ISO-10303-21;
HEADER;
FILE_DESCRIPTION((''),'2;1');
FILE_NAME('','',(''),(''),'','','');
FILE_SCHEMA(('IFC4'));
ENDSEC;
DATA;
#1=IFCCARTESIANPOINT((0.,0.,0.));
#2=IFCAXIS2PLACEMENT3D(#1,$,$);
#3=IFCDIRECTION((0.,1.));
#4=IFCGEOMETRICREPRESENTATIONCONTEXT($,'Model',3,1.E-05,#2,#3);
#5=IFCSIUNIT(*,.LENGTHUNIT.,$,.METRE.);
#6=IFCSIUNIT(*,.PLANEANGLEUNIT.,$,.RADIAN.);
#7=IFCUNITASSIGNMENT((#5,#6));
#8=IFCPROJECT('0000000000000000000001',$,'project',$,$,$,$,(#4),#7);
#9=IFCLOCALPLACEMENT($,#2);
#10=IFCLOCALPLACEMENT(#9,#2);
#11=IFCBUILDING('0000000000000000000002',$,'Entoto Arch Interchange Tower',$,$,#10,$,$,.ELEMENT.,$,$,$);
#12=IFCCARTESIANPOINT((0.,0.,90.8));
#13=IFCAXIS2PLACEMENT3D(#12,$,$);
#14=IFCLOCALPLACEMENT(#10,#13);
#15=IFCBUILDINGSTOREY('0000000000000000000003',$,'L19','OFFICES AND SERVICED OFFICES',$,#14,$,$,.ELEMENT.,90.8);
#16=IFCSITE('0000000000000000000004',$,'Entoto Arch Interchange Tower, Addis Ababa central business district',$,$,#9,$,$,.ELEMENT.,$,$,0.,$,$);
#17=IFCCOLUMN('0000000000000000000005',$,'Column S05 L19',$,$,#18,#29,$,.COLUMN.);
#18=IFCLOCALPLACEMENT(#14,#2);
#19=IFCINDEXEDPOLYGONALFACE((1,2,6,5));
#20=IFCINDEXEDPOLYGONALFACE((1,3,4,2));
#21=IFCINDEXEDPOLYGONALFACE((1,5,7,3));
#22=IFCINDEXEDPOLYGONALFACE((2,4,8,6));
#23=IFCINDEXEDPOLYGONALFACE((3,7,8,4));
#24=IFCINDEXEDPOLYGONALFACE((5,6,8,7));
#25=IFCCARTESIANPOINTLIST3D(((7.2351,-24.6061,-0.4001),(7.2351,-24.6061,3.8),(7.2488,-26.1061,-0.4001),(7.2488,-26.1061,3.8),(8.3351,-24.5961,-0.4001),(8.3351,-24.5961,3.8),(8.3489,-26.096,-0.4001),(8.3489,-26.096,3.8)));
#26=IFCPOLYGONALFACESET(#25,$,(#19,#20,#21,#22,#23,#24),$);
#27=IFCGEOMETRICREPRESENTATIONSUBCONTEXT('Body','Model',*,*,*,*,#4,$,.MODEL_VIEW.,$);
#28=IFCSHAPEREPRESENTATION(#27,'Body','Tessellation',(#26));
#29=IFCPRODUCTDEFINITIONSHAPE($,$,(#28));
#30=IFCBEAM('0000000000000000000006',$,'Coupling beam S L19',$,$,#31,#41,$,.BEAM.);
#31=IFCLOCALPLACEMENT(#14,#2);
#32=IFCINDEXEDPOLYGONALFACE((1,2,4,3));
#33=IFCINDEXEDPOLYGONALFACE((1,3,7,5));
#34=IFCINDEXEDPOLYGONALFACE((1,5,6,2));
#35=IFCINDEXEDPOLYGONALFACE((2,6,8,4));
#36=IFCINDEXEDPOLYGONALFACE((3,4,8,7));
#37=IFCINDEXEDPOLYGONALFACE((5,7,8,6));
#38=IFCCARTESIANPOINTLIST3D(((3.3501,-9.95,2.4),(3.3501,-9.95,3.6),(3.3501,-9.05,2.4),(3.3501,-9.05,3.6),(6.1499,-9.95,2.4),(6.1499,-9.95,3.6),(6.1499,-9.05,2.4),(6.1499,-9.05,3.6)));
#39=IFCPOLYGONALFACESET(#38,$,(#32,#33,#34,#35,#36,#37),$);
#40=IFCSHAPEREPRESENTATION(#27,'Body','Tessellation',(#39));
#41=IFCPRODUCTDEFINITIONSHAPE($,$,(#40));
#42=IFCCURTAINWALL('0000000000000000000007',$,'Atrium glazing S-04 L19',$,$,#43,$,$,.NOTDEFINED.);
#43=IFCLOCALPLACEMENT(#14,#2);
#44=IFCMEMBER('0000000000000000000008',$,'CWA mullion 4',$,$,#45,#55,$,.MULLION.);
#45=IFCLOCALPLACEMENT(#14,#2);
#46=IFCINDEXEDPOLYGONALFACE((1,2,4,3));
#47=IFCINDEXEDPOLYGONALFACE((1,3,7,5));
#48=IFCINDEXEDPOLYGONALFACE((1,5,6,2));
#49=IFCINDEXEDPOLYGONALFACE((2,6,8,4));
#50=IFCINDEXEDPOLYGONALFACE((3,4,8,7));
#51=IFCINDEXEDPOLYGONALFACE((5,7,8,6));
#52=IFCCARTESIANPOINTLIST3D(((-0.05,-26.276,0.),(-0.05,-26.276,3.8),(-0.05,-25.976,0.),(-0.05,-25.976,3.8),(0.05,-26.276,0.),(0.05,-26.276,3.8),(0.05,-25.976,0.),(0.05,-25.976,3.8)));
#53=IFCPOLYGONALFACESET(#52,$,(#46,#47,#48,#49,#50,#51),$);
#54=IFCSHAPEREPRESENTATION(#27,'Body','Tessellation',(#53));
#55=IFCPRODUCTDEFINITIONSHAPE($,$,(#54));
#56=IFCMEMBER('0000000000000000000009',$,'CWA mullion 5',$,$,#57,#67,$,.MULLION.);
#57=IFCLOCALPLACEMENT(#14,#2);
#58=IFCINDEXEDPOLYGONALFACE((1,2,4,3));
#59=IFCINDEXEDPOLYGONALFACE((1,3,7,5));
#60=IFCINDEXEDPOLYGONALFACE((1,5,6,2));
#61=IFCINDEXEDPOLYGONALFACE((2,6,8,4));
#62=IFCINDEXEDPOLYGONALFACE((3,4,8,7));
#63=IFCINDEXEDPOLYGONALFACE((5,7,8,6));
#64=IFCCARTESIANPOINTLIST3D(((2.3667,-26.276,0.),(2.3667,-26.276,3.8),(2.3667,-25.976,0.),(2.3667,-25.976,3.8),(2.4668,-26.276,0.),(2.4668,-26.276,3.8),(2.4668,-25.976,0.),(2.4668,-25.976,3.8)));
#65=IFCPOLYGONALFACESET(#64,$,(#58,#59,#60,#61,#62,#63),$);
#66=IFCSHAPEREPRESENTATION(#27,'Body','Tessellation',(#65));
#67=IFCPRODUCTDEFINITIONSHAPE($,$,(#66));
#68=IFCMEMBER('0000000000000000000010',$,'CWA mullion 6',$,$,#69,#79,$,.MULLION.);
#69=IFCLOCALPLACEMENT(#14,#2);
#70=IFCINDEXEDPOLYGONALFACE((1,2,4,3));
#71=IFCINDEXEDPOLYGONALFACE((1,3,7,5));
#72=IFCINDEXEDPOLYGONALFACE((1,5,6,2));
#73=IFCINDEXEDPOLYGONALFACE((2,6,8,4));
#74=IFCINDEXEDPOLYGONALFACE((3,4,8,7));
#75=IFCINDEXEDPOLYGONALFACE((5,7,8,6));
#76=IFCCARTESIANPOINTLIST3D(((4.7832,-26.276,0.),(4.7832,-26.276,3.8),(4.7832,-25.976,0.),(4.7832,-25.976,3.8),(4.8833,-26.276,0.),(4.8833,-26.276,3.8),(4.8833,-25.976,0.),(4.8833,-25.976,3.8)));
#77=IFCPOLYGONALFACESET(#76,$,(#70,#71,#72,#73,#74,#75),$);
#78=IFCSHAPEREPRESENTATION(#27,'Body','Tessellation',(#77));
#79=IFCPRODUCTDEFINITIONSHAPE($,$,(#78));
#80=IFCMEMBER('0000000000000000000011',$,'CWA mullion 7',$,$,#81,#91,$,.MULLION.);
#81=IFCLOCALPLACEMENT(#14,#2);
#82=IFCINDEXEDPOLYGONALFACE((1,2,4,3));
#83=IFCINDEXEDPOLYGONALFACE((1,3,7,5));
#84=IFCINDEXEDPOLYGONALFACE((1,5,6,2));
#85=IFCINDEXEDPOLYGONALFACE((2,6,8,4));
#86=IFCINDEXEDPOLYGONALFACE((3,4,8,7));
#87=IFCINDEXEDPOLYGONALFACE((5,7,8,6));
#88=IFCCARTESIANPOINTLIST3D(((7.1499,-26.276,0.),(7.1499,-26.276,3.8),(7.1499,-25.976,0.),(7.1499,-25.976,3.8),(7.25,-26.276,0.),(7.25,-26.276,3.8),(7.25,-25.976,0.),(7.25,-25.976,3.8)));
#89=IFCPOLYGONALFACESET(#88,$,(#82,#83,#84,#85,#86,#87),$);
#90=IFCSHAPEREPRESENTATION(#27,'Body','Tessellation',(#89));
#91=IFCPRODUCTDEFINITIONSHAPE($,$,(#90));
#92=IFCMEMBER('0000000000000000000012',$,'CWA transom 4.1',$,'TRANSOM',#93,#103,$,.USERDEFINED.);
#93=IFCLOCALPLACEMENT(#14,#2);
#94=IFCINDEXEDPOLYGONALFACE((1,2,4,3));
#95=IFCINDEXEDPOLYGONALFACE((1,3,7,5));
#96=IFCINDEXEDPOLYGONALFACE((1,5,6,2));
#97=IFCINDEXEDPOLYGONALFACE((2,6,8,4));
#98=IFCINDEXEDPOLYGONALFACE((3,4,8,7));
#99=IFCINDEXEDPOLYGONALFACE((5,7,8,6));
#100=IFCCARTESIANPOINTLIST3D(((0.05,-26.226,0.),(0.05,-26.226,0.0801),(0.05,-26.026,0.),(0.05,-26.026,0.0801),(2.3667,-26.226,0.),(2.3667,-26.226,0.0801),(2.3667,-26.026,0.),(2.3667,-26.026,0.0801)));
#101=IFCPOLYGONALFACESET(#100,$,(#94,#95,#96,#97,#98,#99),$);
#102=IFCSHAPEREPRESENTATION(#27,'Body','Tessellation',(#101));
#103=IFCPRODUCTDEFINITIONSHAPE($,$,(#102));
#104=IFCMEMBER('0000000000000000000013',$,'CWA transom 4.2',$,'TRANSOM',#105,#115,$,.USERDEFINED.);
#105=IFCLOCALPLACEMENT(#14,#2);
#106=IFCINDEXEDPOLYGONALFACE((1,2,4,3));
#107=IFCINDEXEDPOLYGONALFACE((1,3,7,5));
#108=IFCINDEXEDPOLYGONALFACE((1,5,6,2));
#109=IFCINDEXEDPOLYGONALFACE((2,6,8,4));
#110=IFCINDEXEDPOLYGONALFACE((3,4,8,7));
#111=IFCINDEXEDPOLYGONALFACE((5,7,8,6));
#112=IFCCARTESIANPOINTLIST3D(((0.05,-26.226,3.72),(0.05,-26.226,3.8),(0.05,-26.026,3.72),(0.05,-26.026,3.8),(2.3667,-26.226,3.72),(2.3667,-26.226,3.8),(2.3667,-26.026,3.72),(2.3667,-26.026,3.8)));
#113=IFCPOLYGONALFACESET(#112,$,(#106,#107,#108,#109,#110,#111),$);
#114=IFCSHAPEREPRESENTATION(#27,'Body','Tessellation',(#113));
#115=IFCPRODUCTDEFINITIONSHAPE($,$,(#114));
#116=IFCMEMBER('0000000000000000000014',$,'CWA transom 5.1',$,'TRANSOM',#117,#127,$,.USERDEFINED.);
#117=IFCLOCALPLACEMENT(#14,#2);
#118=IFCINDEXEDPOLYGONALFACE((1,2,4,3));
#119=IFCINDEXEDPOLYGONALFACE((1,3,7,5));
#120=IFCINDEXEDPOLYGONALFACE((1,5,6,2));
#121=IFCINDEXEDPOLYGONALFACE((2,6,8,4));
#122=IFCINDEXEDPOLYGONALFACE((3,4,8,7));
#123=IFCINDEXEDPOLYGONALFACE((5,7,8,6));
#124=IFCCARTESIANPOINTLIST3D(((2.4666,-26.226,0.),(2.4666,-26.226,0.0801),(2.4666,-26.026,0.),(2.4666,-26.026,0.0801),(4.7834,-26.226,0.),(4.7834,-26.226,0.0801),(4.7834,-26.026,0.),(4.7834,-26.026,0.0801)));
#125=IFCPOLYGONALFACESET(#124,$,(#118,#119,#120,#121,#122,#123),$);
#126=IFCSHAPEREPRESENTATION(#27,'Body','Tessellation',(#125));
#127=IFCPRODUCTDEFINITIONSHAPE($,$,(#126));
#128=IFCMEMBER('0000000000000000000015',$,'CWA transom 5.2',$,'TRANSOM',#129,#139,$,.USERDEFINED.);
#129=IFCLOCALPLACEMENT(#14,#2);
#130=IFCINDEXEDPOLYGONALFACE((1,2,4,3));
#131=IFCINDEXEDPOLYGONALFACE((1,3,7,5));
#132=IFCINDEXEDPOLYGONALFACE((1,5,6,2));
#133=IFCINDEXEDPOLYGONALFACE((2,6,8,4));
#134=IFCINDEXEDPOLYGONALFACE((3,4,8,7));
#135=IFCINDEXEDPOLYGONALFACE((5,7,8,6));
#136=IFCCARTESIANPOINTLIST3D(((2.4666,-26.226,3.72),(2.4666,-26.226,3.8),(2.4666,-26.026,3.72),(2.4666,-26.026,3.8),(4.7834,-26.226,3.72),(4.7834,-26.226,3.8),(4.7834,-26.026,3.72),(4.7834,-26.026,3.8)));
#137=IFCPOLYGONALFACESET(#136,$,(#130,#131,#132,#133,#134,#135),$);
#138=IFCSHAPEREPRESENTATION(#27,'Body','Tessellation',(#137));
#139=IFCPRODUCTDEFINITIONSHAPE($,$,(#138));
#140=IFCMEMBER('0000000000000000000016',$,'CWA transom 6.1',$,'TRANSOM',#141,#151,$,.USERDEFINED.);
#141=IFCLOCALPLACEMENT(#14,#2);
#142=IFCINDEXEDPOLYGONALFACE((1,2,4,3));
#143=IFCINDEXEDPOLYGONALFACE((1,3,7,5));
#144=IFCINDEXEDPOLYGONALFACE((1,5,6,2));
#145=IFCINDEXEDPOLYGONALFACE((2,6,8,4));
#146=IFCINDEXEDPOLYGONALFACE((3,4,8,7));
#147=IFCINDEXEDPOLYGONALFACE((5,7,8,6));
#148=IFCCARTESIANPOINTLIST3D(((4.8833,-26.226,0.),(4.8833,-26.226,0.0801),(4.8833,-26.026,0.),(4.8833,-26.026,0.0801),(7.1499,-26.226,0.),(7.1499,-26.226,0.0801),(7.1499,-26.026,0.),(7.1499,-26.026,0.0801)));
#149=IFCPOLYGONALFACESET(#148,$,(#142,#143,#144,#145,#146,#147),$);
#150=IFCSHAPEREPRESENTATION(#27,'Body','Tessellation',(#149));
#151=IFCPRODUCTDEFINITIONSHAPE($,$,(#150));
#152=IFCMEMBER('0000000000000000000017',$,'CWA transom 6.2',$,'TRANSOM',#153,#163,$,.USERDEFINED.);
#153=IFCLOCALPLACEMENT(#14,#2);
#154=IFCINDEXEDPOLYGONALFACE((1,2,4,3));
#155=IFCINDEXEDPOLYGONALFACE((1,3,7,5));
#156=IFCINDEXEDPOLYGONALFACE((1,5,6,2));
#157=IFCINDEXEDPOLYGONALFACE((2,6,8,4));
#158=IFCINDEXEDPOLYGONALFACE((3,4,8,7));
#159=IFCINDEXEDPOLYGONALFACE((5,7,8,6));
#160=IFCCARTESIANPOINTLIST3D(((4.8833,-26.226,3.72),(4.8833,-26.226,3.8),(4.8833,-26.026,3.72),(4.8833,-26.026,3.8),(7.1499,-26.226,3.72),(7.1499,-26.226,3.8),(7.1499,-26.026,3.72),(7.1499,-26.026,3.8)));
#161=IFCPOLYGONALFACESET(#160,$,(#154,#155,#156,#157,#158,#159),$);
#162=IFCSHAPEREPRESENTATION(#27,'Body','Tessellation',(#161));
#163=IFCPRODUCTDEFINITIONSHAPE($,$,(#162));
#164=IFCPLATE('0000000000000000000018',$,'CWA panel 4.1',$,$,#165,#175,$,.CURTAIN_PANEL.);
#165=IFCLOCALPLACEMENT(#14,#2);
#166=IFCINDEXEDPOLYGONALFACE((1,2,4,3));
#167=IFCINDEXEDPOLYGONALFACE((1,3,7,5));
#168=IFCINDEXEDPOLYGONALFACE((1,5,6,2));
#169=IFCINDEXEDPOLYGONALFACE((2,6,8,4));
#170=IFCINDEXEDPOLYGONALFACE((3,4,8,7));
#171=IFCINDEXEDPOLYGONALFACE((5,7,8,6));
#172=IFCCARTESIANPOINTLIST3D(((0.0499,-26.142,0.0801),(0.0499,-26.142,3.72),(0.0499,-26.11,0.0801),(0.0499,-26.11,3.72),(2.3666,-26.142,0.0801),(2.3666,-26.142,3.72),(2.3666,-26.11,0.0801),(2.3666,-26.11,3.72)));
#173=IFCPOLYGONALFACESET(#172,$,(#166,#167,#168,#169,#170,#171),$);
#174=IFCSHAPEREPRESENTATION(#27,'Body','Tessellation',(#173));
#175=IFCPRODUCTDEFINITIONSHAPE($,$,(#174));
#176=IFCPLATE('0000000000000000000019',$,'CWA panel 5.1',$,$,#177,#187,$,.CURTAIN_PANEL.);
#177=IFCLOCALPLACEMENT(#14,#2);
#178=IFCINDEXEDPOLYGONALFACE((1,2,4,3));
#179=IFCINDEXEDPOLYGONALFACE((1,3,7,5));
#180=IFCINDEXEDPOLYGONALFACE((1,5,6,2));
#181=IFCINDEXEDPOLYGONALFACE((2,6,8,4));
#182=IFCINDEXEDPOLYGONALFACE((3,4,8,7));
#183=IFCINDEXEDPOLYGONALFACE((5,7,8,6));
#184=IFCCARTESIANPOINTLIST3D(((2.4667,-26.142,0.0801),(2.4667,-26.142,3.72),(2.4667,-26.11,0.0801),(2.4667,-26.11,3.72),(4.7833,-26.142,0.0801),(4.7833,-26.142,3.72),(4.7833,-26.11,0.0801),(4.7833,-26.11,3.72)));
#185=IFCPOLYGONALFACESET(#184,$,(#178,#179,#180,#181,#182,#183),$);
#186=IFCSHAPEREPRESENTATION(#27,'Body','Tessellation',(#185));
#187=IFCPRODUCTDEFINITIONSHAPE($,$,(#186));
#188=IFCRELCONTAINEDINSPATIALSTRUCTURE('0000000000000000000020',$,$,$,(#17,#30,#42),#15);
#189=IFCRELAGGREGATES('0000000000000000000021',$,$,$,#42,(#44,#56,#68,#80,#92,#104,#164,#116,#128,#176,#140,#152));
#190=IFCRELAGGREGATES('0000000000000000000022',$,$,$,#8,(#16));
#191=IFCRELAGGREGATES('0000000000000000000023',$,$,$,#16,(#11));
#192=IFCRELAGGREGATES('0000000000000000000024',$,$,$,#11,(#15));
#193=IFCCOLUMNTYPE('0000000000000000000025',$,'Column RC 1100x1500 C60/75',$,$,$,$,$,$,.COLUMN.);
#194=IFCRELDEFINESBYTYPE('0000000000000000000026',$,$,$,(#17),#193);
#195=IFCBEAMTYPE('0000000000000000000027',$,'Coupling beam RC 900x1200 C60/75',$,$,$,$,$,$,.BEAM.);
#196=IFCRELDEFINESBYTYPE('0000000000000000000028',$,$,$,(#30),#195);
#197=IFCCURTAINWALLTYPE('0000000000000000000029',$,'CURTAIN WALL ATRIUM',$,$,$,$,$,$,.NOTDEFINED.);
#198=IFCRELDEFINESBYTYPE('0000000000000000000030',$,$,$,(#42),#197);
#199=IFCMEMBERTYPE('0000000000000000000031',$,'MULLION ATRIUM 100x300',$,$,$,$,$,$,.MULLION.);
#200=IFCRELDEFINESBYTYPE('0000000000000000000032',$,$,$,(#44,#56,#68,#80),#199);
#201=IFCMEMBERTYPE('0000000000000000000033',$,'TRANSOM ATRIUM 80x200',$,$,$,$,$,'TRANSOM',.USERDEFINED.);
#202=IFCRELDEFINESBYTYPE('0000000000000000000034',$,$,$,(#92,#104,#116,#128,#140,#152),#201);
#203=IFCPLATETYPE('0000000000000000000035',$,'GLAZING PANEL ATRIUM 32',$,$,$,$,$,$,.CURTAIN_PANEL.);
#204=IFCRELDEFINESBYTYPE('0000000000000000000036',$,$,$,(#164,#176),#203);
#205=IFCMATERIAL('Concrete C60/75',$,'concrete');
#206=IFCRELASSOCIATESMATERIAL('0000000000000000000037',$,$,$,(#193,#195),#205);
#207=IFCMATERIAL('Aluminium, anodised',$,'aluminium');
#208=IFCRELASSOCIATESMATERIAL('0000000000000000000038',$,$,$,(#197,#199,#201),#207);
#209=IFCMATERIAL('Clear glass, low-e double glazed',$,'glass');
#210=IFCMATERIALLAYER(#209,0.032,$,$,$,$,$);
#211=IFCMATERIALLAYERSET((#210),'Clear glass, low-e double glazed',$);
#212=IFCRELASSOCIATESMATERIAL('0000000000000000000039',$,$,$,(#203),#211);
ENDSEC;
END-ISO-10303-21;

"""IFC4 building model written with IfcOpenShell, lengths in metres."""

from ifc_helpers import new_model, si_unit, direction, frame, origin, origin_2d, place, context, subcontext, project, spatial, rectangle, extrude, material, layer, layer_set, material_profile, profile_set, type_object, element, aggregate, save


model = new_model("IFC4")

# Units and contexts
model_context = context("Model", 3, precision=1e-05, world=origin(), true_north=direction((0.0, 1.0)))
body_context = subcontext(model_context, "Body", "Model", "MODEL_VIEW")
ifc_project = project(units=[si_unit("LENGTHUNIT", "METRE"), si_unit("PLANEANGLEUNIT", "RADIAN")], contexts=[model_context])

# Site, building, storey
site_placement = place(None, origin())
site = spatial("IfcSite", under=ifc_project, at=site_placement, Name="Entoto Arch Interchange Tower, Addis Ababa central business district", CompositionType="ELEMENT", RefElevation=0.0)
building_placement = place(site_placement, origin())
building = spatial("IfcBuilding", under=site, at=building_placement, Name="Entoto Arch Interchange Tower", CompositionType="ELEMENT")
storey_placement = place(building_placement, frame((0.0, 0.0, 90.8)))
storey = spatial("IfcBuildingStorey", under=building, at=storey_placement, Name="L19", Description="OFFICES AND SERVICED OFFICES", CompositionType="ELEMENT", Elevation=90.8)

# Column
ifc_material_1 = material(Name="Concrete C60/75", Category="concrete")
ifc_material_profile_1 = material_profile(ifc_material_1, rectangle(XDim=1.1001, YDim=1.5, at=origin_2d()))
ifc_profile_set_1 = profile_set([ifc_material_profile_1], Name="Concrete C60/75")
column_type = type_object("IfcColumnType", Name="Column RC 1100x1500 C60/75", PredefinedType="COLUMN", material=ifc_profile_set_1)
column_placement = place(storey_placement, frame((7.792, -25.3511, -0.4001), z_axis=(0.0, 0.0, 1.0), x_axis=(0.999958, 0.009163, 0.0)))
element("IfcColumn", 1, at=column_placement, inside=storey, type_object=column_type, Name="Column S05 L19", PredefinedType="COLUMN", context=body_context, shape_type="SweptSolid", body=[
    extrude(rectangle(XDim=1.1001, YDim=1.5, at=origin_2d()), origin(), (0.0, 0.0, 1.0), 4.2002),
])

# Beam
ifc_material_profile_2 = material_profile(ifc_material_1, rectangle(XDim=0.8999, YDim=1.2, at=origin_2d()))
ifc_profile_set_2 = profile_set([ifc_material_profile_2], Name="Concrete C60/75")
beam_type = type_object("IfcBeamType", Name="Coupling beam RC 900x1200 C60/75", PredefinedType="BEAM", material=ifc_profile_set_2)
beam_placement = place(storey_placement, frame((3.3501, -9.5, 3.0), z_axis=(1.0, 0.0, 0.0), x_axis=(0.0, 1.0, 0.0)))
element("IfcBeam", 2, at=beam_placement, inside=storey, type_object=beam_type, Name="Coupling beam S L19", PredefinedType="BEAM", context=body_context, shape_type="SweptSolid", body=[
    extrude(rectangle(XDim=0.8999, YDim=1.2, at=origin_2d()), origin(), (0.0, 0.0, 1.0), 2.7998),
])

# Curtain wall, members, plates
ifc_material_2 = material(Name="Aluminium, anodised", Category="aluminium")
curtain_wall_type = type_object("IfcCurtainWallType", Name="CURTAIN WALL ATRIUM", PredefinedType="NOTDEFINED", material=ifc_material_2)
curtain_wall_placement = place(storey_placement, origin())
curtain_wall = element("IfcCurtainWall", 3, at=curtain_wall_placement, inside=storey, type_object=curtain_wall_type, Name="Atrium glazing S-04 L19", PredefinedType="NOTDEFINED")
ifc_material_profile_3 = material_profile(ifc_material_2, rectangle(XDim=0.3, YDim=0.1001, at=origin_2d()))
ifc_profile_set_3 = profile_set([ifc_material_profile_3], Name="Aluminium, anodised")
member_type_1 = type_object("IfcMemberType", Name="MULLION ATRIUM 100x300", PredefinedType="MULLION", material=ifc_profile_set_3)
member_1_placement = place(storey_placement, frame((0.0, -26.126, 0.0), z_axis=(0.0, 0.0, 1.0), x_axis=(0.0, 1.0, 0.0)))
member_1 = element("IfcMember", 4, at=member_1_placement, type_object=member_type_1, Name="CWA mullion 4", PredefinedType="MULLION", context=body_context, shape_type="SweptSolid", body=[
    extrude(rectangle(XDim=0.3, YDim=0.1001, at=origin_2d()), origin(), (0.0, 0.0, 1.0), 3.8),
])
member_2_placement = place(storey_placement, frame((2.4167, -26.126, 0.0), z_axis=(0.0, 0.0, 1.0), x_axis=(0.0, 1.0, 0.0)))
member_2 = element("IfcMember", 5, at=member_2_placement, type_object=member_type_1, Name="CWA mullion 5", PredefinedType="MULLION", context=body_context, shape_type="SweptSolid", body=[
    extrude(rectangle(XDim=0.3, YDim=0.1001, at=origin_2d()), origin(), (0.0, 0.0, 1.0), 3.8),
])
member_3_placement = place(storey_placement, frame((4.8333, -26.126, 0.0), z_axis=(0.0, 0.0, 1.0), x_axis=(0.0, 1.0, 0.0)))
member_3 = element("IfcMember", 6, at=member_3_placement, type_object=member_type_1, Name="CWA mullion 6", PredefinedType="MULLION", context=body_context, shape_type="SweptSolid", body=[
    extrude(rectangle(XDim=0.3, YDim=0.1001, at=origin_2d()), origin(), (0.0, 0.0, 1.0), 3.8),
])
member_4_placement = place(storey_placement, frame((7.2, -26.126, 0.0), z_axis=(0.0, 0.0, 1.0), x_axis=(0.0, 1.0, 0.0)))
member_4 = element("IfcMember", 7, at=member_4_placement, type_object=member_type_1, Name="CWA mullion 7", PredefinedType="MULLION", context=body_context, shape_type="SweptSolid", body=[
    extrude(rectangle(XDim=0.3, YDim=0.1001, at=origin_2d()), origin(), (0.0, 0.0, 1.0), 3.8),
])
ifc_material_profile_4 = material_profile(ifc_material_2, rectangle(XDim=0.2, YDim=0.0801, at=origin_2d()))
ifc_profile_set_4 = profile_set([ifc_material_profile_4], Name="Aluminium, anodised")
member_type_2 = type_object("IfcMemberType", Name="TRANSOM ATRIUM 80x200", ElementType="TRANSOM", PredefinedType="USERDEFINED", material=ifc_profile_set_4)
member_5_placement = place(storey_placement, frame((0.05, -26.126, 0.04), z_axis=(1.0, 0.0, 0.0), x_axis=(0.0, 1.0, 0.0)))
member_5 = element("IfcMember", 8, at=member_5_placement, type_object=member_type_2, Name="CWA transom 4.1", ObjectType="TRANSOM", PredefinedType="USERDEFINED", context=body_context, shape_type="SweptSolid", body=[
    extrude(rectangle(XDim=0.2, YDim=0.0801, at=origin_2d()), origin(), (0.0, 0.0, 1.0), 2.3167),
])
member_6_placement = place(storey_placement, frame((0.05, -26.126, 3.76), z_axis=(1.0, 0.0, 0.0), x_axis=(0.0, 1.0, 0.0)))
member_6 = element("IfcMember", 9, at=member_6_placement, type_object=member_type_2, Name="CWA transom 4.2", ObjectType="TRANSOM", PredefinedType="USERDEFINED", context=body_context, shape_type="SweptSolid", body=[
    extrude(rectangle(XDim=0.2, YDim=0.0801, at=origin_2d()), origin(), (0.0, 0.0, 1.0), 2.3167),
])
member_7_placement = place(storey_placement, frame((2.4666, -26.126, 0.04), z_axis=(1.0, 0.0, 0.0), x_axis=(0.0, 1.0, 0.0)))
member_7 = element("IfcMember", 10, at=member_7_placement, type_object=member_type_2, Name="CWA transom 5.1", ObjectType="TRANSOM", PredefinedType="USERDEFINED", context=body_context, shape_type="SweptSolid", body=[
    extrude(rectangle(XDim=0.2, YDim=0.0801, at=origin_2d()), origin(), (0.0, 0.0, 1.0), 2.3169),
])
member_8_placement = place(storey_placement, frame((2.4666, -26.126, 3.76), z_axis=(1.0, 0.0, 0.0), x_axis=(0.0, 1.0, 0.0)))
member_8 = element("IfcMember", 11, at=member_8_placement, type_object=member_type_2, Name="CWA transom 5.2", ObjectType="TRANSOM", PredefinedType="USERDEFINED", context=body_context, shape_type="SweptSolid", body=[
    extrude(rectangle(XDim=0.2, YDim=0.0801, at=origin_2d()), origin(), (0.0, 0.0, 1.0), 2.3169),
])
member_9_placement = place(storey_placement, frame((4.8833, -26.126, 0.04), z_axis=(1.0, 0.0, 0.0), x_axis=(0.0, 1.0, 0.0)))
member_9 = element("IfcMember", 12, at=member_9_placement, type_object=member_type_2, Name="CWA transom 6.1", ObjectType="TRANSOM", PredefinedType="USERDEFINED", context=body_context, shape_type="SweptSolid", body=[
    extrude(rectangle(XDim=0.2, YDim=0.0801, at=origin_2d()), origin(), (0.0, 0.0, 1.0), 2.2666),
])
member_10_placement = place(storey_placement, frame((4.8833, -26.126, 3.76), z_axis=(1.0, 0.0, 0.0), x_axis=(0.0, 1.0, 0.0)))
member_10 = element("IfcMember", 13, at=member_10_placement, type_object=member_type_2, Name="CWA transom 6.2", ObjectType="TRANSOM", PredefinedType="USERDEFINED", context=body_context, shape_type="SweptSolid", body=[
    extrude(rectangle(XDim=0.2, YDim=0.0801, at=origin_2d()), origin(), (0.0, 0.0, 1.0), 2.2666),
])
ifc_material_3 = material(Name="Clear glass, low-e double glazed", Category="glass")
ifc_layer_1 = layer(ifc_material_3, 0.032)
ifc_layer_set_1 = layer_set([ifc_layer_1], Name="Clear glass, low-e double glazed")
plate_type = type_object("IfcPlateType", Name="GLAZING PANEL ATRIUM 32", PredefinedType="CURTAIN_PANEL", material=ifc_layer_set_1)
plate_1_placement = place(storey_placement, frame((1.2083, -26.126, 0.0801), z_axis=(0.0, 0.0, 1.0), x_axis=(1.0, 0.0, 0.0)))
plate_1 = element("IfcPlate", 14, at=plate_1_placement, type_object=plate_type, Name="CWA panel 4.1", PredefinedType="CURTAIN_PANEL", context=body_context, shape_type="SweptSolid", body=[
    extrude(rectangle(XDim=2.3167, YDim=0.032, at=origin_2d()), origin(), (0.0, 0.0, 1.0), 3.6399),
])
plate_2_placement = place(storey_placement, frame((3.625, -26.126, 0.0801), z_axis=(0.0, 0.0, 1.0), x_axis=(1.0, 0.0, 0.0)))
plate_2 = element("IfcPlate", 15, at=plate_2_placement, type_object=plate_type, Name="CWA panel 5.1", PredefinedType="CURTAIN_PANEL", context=body_context, shape_type="SweptSolid", body=[
    extrude(rectangle(XDim=2.3167, YDim=0.032, at=origin_2d()), origin(), (0.0, 0.0, 1.0), 3.6399),
])
aggregate(curtain_wall, [member_1, member_2, member_3, member_4, member_5, member_6, plate_1, member_7, member_8, plate_2, member_9, member_10])

save(model, "model.ifc")
